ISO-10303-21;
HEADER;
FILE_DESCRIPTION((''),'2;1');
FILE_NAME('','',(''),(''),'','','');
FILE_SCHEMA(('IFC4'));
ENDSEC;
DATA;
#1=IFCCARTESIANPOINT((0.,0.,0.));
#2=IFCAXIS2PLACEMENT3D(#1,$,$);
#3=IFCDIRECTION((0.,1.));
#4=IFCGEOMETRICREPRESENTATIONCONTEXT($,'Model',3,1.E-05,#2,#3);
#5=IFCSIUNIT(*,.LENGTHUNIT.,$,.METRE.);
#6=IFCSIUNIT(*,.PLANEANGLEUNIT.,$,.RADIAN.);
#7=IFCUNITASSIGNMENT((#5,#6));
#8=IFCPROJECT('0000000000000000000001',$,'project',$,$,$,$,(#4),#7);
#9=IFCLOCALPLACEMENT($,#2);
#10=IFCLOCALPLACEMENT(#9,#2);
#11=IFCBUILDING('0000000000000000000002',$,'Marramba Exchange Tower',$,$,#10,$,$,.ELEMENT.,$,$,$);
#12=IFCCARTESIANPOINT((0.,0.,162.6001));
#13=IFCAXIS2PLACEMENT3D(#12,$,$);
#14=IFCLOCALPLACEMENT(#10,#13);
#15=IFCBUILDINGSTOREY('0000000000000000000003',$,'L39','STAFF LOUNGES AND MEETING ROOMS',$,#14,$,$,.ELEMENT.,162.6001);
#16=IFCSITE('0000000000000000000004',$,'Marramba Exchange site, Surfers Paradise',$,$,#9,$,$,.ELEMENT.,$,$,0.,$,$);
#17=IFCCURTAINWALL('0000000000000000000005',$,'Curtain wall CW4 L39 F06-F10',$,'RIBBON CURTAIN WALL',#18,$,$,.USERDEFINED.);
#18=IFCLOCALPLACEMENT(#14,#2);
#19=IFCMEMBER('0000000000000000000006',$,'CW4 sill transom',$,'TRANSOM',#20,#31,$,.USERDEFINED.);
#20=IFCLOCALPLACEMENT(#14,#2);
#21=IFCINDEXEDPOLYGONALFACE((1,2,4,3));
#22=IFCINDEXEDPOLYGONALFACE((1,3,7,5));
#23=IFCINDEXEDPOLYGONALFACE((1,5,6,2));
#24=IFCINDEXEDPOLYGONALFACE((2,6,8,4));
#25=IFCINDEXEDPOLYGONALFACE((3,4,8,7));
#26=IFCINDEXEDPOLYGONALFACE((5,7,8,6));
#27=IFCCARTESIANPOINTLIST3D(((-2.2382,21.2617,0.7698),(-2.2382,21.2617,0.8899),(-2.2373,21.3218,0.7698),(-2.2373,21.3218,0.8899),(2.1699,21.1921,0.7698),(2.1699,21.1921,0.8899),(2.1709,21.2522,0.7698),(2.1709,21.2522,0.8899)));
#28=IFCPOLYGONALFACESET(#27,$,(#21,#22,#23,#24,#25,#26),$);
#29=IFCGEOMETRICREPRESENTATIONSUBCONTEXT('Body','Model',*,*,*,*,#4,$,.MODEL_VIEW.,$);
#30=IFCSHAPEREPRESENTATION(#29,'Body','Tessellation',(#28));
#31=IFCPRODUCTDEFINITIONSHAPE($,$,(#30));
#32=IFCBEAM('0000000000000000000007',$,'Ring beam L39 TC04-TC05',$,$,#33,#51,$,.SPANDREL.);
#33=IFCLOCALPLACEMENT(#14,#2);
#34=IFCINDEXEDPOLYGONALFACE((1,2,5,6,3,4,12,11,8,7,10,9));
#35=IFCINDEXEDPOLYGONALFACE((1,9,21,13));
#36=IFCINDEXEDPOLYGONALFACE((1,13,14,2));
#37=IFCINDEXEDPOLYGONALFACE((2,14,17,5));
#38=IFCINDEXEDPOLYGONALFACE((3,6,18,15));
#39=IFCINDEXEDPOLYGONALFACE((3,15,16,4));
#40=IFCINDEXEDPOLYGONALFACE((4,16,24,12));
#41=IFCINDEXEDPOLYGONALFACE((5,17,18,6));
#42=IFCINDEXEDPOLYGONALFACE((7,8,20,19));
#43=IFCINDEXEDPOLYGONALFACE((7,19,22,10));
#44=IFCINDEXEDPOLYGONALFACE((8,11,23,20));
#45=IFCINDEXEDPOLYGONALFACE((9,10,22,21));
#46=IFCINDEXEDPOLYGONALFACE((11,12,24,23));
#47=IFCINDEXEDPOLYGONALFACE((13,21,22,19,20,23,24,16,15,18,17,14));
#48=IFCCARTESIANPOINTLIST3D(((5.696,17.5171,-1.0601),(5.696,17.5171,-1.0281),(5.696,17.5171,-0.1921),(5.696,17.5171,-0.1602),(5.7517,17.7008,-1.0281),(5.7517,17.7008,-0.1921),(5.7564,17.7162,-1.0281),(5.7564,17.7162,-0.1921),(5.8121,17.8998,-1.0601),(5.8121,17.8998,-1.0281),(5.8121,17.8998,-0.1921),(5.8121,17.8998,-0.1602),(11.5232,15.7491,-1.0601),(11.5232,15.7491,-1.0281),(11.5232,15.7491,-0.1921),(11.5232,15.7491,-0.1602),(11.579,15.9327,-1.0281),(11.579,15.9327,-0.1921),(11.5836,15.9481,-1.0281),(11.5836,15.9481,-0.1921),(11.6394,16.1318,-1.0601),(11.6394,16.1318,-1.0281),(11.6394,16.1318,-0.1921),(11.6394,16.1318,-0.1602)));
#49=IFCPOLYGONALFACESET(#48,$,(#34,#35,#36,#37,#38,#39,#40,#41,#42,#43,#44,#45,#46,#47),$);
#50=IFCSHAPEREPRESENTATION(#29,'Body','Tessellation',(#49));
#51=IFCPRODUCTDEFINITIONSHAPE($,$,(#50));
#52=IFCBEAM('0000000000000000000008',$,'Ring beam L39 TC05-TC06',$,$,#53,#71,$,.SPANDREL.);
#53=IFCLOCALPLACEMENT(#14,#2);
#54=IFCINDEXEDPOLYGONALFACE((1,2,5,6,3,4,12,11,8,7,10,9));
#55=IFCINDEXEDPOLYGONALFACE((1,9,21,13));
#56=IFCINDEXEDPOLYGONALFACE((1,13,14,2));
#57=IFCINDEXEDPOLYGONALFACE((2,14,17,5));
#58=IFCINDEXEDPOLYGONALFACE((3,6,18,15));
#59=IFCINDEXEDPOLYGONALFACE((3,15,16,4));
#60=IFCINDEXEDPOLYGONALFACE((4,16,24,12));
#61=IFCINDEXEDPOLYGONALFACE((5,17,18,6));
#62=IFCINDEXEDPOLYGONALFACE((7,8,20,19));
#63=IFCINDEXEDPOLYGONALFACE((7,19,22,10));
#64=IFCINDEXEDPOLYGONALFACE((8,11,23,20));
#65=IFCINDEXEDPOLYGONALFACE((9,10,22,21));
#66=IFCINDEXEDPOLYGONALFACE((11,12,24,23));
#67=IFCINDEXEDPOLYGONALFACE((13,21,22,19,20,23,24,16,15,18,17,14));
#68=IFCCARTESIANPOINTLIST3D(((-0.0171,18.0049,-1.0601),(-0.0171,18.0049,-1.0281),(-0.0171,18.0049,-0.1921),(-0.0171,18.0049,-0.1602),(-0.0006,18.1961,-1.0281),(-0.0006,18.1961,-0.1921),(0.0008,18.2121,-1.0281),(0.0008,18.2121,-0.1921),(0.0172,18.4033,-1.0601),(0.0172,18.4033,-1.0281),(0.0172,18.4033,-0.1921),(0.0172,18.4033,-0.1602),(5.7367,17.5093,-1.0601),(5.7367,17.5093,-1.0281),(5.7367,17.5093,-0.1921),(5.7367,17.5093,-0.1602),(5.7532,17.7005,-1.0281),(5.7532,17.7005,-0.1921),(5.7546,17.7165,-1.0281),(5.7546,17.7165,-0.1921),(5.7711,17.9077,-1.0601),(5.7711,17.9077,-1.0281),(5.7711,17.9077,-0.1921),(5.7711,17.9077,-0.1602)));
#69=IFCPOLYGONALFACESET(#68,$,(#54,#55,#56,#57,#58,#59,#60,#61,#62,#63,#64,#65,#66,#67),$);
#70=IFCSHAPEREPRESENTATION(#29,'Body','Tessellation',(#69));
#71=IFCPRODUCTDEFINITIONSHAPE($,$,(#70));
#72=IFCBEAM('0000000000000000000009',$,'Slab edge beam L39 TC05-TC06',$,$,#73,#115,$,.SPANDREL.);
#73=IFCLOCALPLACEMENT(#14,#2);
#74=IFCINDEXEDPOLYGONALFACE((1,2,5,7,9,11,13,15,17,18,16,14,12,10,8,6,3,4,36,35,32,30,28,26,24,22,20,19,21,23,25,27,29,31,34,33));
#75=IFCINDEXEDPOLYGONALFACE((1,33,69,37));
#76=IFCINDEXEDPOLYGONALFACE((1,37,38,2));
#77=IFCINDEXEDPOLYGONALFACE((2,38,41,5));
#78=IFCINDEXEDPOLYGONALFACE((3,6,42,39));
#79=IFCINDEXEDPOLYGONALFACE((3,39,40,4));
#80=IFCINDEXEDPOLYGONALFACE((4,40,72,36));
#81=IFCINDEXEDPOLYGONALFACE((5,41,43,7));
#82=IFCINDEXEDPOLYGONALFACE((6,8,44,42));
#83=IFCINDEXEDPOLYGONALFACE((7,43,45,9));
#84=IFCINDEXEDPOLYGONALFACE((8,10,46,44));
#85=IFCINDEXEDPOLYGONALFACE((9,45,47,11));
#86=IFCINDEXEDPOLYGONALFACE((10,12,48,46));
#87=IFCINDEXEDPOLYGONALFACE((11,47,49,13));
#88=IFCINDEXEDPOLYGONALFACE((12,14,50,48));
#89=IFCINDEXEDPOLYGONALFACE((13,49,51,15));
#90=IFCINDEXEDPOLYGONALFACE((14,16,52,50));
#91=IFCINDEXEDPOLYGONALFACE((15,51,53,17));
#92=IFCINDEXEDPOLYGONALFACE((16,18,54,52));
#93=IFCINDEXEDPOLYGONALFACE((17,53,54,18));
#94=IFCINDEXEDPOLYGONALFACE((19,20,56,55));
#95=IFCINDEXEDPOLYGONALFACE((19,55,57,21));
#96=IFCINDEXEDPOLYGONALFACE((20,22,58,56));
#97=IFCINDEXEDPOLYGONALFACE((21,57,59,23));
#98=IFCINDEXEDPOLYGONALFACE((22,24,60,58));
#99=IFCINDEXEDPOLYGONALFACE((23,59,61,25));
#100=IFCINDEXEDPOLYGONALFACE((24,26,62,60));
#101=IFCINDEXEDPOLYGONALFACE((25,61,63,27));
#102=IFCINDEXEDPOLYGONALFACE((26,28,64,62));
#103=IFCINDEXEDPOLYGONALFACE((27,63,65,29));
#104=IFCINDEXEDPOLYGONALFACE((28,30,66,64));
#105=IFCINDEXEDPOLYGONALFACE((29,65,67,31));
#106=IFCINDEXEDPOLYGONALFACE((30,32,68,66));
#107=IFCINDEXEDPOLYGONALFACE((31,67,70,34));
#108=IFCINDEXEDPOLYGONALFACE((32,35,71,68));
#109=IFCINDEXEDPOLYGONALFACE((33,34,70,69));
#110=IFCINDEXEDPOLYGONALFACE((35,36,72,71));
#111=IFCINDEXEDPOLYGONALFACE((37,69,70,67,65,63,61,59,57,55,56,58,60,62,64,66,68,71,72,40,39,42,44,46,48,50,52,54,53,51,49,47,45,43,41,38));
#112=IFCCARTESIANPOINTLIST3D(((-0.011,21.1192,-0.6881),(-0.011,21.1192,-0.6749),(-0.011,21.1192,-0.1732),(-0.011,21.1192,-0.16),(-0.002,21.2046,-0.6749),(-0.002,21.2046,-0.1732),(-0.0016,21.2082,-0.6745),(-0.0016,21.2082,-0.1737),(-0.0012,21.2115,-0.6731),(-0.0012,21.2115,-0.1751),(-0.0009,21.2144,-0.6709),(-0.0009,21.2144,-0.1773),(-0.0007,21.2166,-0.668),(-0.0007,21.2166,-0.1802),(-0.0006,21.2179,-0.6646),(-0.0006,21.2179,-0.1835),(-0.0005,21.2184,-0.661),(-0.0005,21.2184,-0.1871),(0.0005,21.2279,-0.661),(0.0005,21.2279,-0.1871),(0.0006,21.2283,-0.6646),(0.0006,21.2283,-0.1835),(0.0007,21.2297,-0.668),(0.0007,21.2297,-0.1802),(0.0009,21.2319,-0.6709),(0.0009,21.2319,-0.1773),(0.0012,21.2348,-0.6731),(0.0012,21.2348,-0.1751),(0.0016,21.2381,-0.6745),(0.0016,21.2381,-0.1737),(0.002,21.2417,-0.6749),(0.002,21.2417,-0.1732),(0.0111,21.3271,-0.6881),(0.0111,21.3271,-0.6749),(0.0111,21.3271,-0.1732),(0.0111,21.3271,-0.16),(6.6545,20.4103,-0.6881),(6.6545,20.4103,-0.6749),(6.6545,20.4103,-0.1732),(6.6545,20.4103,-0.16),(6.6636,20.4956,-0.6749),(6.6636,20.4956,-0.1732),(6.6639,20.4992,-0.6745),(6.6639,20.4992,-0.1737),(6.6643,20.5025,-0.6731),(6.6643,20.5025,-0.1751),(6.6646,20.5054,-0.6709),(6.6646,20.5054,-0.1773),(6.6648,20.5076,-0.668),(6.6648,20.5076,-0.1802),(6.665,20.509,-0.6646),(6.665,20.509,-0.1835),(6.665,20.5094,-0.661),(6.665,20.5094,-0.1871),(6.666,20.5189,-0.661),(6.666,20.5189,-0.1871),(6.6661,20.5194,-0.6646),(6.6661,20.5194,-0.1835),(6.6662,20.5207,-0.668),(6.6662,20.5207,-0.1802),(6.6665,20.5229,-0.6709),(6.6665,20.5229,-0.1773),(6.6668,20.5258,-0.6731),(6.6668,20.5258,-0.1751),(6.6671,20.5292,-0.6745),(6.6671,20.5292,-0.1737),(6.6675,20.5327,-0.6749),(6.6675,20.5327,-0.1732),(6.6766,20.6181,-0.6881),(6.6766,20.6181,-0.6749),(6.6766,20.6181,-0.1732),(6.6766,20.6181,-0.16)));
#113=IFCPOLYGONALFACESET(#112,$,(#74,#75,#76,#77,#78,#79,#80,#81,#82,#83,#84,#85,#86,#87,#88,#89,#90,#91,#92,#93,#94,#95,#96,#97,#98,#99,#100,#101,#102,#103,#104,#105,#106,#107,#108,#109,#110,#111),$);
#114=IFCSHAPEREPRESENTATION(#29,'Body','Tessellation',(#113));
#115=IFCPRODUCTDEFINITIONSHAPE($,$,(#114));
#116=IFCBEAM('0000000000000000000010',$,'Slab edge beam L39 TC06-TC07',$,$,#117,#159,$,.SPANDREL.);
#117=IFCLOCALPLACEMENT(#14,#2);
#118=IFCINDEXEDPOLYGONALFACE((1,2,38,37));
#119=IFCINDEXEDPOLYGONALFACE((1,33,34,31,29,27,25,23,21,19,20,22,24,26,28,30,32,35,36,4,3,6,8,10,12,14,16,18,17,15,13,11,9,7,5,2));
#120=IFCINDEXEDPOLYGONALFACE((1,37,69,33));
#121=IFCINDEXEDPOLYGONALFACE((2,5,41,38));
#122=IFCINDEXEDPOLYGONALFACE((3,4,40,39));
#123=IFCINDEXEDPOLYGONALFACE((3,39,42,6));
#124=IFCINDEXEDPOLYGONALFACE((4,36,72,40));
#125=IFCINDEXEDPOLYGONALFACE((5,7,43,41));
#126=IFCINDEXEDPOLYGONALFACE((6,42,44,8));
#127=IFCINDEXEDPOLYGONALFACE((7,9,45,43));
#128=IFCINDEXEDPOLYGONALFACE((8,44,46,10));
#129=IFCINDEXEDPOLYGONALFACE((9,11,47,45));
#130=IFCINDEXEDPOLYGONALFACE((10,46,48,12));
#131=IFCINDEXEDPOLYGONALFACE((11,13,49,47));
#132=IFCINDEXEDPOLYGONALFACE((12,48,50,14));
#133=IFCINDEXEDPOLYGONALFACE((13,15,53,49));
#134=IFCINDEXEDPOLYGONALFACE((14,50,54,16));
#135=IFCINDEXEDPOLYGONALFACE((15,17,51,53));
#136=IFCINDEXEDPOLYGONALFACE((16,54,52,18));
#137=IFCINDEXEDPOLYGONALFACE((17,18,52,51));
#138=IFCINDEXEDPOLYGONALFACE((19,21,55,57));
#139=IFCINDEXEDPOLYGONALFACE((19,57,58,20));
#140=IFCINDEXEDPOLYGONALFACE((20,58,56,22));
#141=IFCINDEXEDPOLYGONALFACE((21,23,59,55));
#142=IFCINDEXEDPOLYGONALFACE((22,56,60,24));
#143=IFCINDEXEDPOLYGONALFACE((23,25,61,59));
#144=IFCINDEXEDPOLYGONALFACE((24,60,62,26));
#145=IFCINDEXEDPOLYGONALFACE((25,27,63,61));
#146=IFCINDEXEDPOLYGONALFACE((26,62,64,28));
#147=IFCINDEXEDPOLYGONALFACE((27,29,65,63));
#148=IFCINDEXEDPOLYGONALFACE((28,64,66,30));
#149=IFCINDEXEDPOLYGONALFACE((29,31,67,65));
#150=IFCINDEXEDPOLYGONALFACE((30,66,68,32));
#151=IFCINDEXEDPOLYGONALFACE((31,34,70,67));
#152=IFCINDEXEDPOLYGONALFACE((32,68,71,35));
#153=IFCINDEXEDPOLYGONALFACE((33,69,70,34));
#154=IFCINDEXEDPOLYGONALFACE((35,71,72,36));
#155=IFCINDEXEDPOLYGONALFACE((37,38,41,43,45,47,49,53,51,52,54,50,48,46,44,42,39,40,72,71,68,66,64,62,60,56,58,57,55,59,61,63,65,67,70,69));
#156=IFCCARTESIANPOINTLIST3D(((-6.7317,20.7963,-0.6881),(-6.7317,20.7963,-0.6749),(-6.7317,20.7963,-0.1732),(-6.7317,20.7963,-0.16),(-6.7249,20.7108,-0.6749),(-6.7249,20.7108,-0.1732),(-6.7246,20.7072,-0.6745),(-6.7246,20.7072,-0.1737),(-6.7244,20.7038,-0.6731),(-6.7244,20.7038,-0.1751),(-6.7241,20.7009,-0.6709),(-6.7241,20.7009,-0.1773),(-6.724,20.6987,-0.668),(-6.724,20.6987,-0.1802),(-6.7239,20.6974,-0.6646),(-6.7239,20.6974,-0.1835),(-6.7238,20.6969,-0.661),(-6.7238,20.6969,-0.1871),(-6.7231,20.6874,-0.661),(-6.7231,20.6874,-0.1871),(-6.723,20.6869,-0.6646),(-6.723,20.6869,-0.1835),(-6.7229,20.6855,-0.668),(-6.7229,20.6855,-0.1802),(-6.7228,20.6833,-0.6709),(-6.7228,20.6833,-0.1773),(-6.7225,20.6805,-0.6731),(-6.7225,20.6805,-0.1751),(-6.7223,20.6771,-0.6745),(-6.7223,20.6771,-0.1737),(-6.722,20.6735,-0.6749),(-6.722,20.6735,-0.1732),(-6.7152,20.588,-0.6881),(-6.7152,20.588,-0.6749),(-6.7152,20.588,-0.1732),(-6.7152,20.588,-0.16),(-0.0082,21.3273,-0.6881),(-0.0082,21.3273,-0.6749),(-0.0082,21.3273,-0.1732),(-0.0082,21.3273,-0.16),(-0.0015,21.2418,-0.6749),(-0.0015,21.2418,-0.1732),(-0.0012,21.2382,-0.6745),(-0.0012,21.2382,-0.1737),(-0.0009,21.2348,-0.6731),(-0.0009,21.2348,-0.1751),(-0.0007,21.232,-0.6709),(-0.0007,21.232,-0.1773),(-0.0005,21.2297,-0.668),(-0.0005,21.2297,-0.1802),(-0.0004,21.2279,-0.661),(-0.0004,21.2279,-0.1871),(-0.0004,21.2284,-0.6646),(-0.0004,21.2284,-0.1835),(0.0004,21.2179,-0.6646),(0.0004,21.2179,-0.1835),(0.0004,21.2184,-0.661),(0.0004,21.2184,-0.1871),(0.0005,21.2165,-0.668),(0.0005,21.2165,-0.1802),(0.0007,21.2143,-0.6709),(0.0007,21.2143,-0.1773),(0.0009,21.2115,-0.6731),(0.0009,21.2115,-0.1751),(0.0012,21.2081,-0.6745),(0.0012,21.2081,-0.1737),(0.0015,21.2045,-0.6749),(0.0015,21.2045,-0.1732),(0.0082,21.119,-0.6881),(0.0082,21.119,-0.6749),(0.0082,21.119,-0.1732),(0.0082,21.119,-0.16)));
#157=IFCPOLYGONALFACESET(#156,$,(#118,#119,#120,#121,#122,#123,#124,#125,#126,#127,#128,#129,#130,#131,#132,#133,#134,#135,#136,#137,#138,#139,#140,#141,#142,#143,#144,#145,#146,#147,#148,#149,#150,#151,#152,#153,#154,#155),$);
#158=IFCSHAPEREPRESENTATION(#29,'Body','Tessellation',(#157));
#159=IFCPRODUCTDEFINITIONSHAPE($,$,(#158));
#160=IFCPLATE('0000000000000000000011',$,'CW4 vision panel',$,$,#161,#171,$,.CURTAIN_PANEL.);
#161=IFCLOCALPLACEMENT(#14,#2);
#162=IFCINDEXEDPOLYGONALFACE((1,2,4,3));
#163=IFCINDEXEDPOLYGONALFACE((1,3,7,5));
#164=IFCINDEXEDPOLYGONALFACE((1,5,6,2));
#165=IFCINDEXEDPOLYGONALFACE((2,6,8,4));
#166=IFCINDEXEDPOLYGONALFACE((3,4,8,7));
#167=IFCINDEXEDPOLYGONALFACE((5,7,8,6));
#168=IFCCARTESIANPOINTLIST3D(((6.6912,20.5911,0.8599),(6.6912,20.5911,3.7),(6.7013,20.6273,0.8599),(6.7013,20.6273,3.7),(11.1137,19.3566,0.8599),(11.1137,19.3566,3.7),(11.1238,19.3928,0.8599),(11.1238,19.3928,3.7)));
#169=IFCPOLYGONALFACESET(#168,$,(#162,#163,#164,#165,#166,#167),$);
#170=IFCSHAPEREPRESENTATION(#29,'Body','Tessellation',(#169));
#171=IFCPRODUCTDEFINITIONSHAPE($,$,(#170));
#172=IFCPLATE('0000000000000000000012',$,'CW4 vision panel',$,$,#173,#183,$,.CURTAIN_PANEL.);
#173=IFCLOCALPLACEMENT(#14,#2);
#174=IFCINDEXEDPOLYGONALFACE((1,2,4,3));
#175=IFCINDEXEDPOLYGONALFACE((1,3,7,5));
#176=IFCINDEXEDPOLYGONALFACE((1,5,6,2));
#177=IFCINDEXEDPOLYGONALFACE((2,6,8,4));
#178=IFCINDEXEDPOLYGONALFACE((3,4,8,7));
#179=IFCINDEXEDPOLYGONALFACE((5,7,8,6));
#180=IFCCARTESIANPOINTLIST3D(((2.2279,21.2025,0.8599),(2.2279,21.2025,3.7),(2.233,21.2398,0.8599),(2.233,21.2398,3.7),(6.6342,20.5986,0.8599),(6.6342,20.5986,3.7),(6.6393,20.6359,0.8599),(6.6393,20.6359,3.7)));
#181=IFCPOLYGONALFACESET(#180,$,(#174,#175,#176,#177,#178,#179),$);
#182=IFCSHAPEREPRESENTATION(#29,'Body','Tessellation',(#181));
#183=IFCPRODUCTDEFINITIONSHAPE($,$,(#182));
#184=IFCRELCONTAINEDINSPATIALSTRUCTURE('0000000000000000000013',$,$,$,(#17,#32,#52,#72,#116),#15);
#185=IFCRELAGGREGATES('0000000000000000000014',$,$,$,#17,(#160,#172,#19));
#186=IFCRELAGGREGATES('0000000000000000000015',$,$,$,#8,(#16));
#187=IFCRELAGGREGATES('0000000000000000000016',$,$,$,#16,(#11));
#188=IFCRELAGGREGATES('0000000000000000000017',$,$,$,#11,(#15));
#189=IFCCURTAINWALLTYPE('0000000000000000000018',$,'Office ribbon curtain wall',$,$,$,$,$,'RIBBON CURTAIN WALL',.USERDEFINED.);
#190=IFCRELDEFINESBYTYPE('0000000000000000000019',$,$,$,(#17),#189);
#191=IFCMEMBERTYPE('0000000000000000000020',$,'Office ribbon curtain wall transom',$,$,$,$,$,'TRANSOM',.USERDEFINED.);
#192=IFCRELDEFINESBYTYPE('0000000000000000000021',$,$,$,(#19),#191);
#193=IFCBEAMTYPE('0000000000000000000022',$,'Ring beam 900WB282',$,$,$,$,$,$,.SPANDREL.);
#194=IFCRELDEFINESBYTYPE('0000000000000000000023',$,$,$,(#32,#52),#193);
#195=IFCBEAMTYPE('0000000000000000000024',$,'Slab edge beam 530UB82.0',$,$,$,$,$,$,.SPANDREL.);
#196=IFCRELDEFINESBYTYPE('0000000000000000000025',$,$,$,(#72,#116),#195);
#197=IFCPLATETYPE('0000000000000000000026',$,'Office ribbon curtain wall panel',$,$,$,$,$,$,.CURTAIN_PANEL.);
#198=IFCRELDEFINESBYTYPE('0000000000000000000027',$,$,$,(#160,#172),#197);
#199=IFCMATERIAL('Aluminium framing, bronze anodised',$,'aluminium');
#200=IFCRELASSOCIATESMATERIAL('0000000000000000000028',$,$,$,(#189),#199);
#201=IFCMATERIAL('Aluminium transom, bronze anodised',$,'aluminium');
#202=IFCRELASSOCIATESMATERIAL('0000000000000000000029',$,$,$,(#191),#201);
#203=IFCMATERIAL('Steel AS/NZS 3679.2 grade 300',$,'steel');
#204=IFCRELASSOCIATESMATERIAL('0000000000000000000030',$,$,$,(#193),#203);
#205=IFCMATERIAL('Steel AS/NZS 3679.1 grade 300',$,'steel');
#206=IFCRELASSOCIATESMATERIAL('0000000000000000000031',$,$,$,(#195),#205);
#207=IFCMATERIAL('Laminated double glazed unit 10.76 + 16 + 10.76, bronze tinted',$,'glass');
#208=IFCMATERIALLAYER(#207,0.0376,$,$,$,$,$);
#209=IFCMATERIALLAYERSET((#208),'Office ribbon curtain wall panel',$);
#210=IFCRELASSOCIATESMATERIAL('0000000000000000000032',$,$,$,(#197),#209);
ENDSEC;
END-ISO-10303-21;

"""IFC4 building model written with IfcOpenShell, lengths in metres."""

from ifc_helpers import new_model, si_unit, direction, frame, origin, origin_2d, place, context, subcontext, project, spatial, rectangle, i_section, extrude, material, layer, layer_set, material_profile, profile_set, type_object, element, aggregate, save


model = new_model("IFC4")

# Units and contexts
model_context = context("Model", 3, precision=1e-05, world=origin(), true_north=direction((0.0, 1.0)))
body_context = subcontext(model_context, "Body", "Model", "MODEL_VIEW")
ifc_project = project(units=[si_unit("LENGTHUNIT", "METRE"), si_unit("PLANEANGLEUNIT", "RADIAN")], contexts=[model_context])

# Site, building, storey
site_placement = place(None, origin())
site = spatial("IfcSite", under=ifc_project, at=site_placement, Name="Marramba Exchange site, Surfers Paradise", CompositionType="ELEMENT", RefElevation=0.0)
building_placement = place(site_placement, origin())
building = spatial("IfcBuilding", under=site, at=building_placement, Name="Marramba Exchange Tower", CompositionType="ELEMENT")
storey_placement = place(building_placement, frame((0.0, 0.0, 162.6001)))
storey = spatial("IfcBuildingStorey", under=building, at=storey_placement, Name="L39", Description="STAFF LOUNGES AND MEETING ROOMS", CompositionType="ELEMENT", Elevation=162.6001)

# Shared definitions
ifc_material_1 = material(Name="Steel AS/NZS 3679.2 grade 300", Category="steel")
ifc_material_2 = material(Name="Steel AS/NZS 3679.1 grade 300", Category="steel")

# Curtain wall, member
ifc_material_3 = material(Name="Aluminium framing, bronze anodised", Category="aluminium")
curtain_wall_type = type_object("IfcCurtainWallType", Name="Office ribbon curtain wall", ElementType="RIBBON CURTAIN WALL", PredefinedType="USERDEFINED", material=ifc_material_3)
curtain_wall_placement = place(storey_placement, origin())
curtain_wall = element("IfcCurtainWall", 1, at=curtain_wall_placement, inside=storey, type_object=curtain_wall_type, Name="Curtain wall CW4 L39 F06-F10", ObjectType="RIBBON CURTAIN WALL", PredefinedType="USERDEFINED")
ifc_material_4 = material(Name="Aluminium transom, bronze anodised", Category="aluminium")
ifc_material_profile_1 = material_profile(ifc_material_4, rectangle(XDim=0.0601, YDim=0.1201, at=origin_2d()), Name="CW4 transom 60x120")
ifc_profile_set_1 = profile_set([ifc_material_profile_1], Name="Aluminium transom, bronze anodised")
member_type_1 = type_object("IfcMemberType", Name="Office ribbon curtain wall transom", ElementType="TRANSOM", PredefinedType="USERDEFINED", material=ifc_profile_set_1)
member_1_placement = place(storey_placement, frame((2.1704, 21.2222, 0.8298), z_axis=(-0.999875, 0.015782, 0.0), x_axis=(-0.015782, -0.999875, 0.0)))
member_1 = element("IfcMember", 2, at=member_1_placement, type_object=member_type_1, Name="CW4 sill transom", ObjectType="TRANSOM", PredefinedType="USERDEFINED", context=body_context, shape_type="SweptSolid", body=[
    extrude(rectangle(XDim=0.0601, YDim=0.1201, at=origin_2d()), origin(), (0.0, 0.0, 1.0), 4.4087),
])

# Beams
ifc_material_profile_2 = material_profile(ifc_material_1, i_section(OverallWidth=0.3999, OverallDepth=0.8999, WebThickness=0.0161, FlangeThickness=0.032, at=origin_2d()), Name="900WB282")
ifc_profile_set_2 = profile_set([ifc_material_profile_2], Name="Steel AS/NZS 3679.2 grade 300")
beam_type_1 = type_object("IfcBeamType", Name="Ring beam 900WB282", PredefinedType="SPANDREL", material=ifc_profile_set_2)
beam_1_placement = place(storey_placement, frame((11.5813, 15.9404, -0.6101), z_axis=(-0.956925, 0.290337, 0.0), x_axis=(-0.290337, -0.956925, 0.0)))
element("IfcBeam", 3, at=beam_1_placement, inside=storey, type_object=beam_type_1, Name="Ring beam L39 TC04-TC05", PredefinedType="SPANDREL", context=body_context, shape_type="SweptSolid", body=[
    extrude(i_section(OverallWidth=0.3999, OverallDepth=0.8999, WebThickness=0.0161, FlangeThickness=0.032, at=origin_2d()), origin(), (0.0, 0.0, 1.0), 6.0896),
])
beam_2_placement = place(storey_placement, frame((5.7539, 17.7085, -0.6101), z_axis=(-0.996311, 0.085816, 0.0), x_axis=(-0.085816, -0.996311, 0.0)))
element("IfcBeam", 4, at=beam_2_placement, inside=storey, type_object=beam_type_1, Name="Ring beam L39 TC05-TC06", PredefinedType="SPANDREL", context=body_context, shape_type="SweptSolid", body=[
    extrude(i_section(OverallWidth=0.3999, OverallDepth=0.8999, WebThickness=0.0161, FlangeThickness=0.032, at=origin_2d()), origin(), (0.0, 0.0, 1.0), 5.7751),
])
ifc_material_profile_3 = material_profile(ifc_material_2, i_section(OverallWidth=0.209, OverallDepth=0.5281, WebThickness=0.0095, FlangeThickness=0.0132, FilletRadius=0.0139, at=origin_2d()), Name="530UB82.0")
ifc_profile_set_3 = profile_set([ifc_material_profile_3], Name="Steel AS/NZS 3679.1 grade 300")
beam_type_2 = type_object("IfcBeamType", Name="Slab edge beam 530UB82.0", PredefinedType="SPANDREL", material=ifc_profile_set_3)
beam_3_placement = place(storey_placement, frame((6.6655, 20.5142, -0.4241), z_axis=(-0.994391, 0.105769, 0.0), x_axis=(-0.105769, -0.994391, 0.0)))
element("IfcBeam", 5, at=beam_3_placement, inside=storey, type_object=beam_type_2, Name="Slab edge beam L39 TC05-TC06", PredefinedType="SPANDREL", context=body_context, shape_type="SweptSolid", body=[
    extrude(i_section(OverallWidth=0.209, OverallDepth=0.5281, WebThickness=0.0095, FlangeThickness=0.0132, FilletRadius=0.0139, at=origin_2d()), origin(), (0.0, 0.0, 1.0), 6.7031),
])
beam_4_placement = place(storey_placement, frame((0.0, 21.2231, -0.4241), z_axis=(-0.996896, -0.078734, 0.0), x_axis=(0.078734, -0.996896, 0.0)))
element("IfcBeam", 6, at=beam_4_placement, inside=storey, type_object=beam_type_2, Name="Slab edge beam L39 TC06-TC07", PredefinedType="SPANDREL", context=body_context, shape_type="SweptSolid", body=[
    extrude(i_section(OverallWidth=0.209, OverallDepth=0.5281, WebThickness=0.0095, FlangeThickness=0.0132, FilletRadius=0.0139, at=origin_2d()), origin(), (0.0, 0.0, 1.0), 6.7444),
])

# Plates
ifc_material_5 = material(Name="Laminated double glazed unit 10.76 + 16 + 10.76, bronze tinted", Category="glass")
ifc_layer_1 = layer(ifc_material_5, 0.0376)
ifc_layer_set_1 = layer_set([ifc_layer_1], Name="Office ribbon curtain wall panel")
plate_type = type_object("IfcPlateType", Name="Office ribbon curtain wall panel", PredefinedType="CURTAIN_PANEL", material=ifc_layer_set_1)
plate_1_placement = place(storey_placement, frame((8.9075, 19.9919, 0.8599), z_axis=(0.0, 0.0, 1.0), x_axis=(-0.963178, 0.268865, 0.0)))
plate_1 = element("IfcPlate", 7, at=plate_1_placement, type_object=plate_type, Name="CW4 vision panel", PredefinedType="CURTAIN_PANEL", context=body_context, shape_type="SweptSolid", body=[
    extrude(rectangle(XDim=4.5916, YDim=0.0376, at=origin_2d()), origin(), (0.0, 0.0, 1.0), 2.8401),
])
plate_2_placement = place(storey_placement, frame((4.4336, 20.9192, 0.8599), z_axis=(0.0, 0.0, 1.0), x_axis=(-0.990738, 0.135786, 0.0)))
plate_2 = element("IfcPlate", 8, at=plate_2_placement, type_object=plate_type, Name="CW4 vision panel", PredefinedType="CURTAIN_PANEL", context=body_context, shape_type="SweptSolid", body=[
    extrude(rectangle(XDim=4.4475, YDim=0.0376, at=origin_2d()), origin(), (0.0, 0.0, 1.0), 2.8401),
])
aggregate(curtain_wall, [plate_1, plate_2, member_1])

save(model, "model.ifc")
